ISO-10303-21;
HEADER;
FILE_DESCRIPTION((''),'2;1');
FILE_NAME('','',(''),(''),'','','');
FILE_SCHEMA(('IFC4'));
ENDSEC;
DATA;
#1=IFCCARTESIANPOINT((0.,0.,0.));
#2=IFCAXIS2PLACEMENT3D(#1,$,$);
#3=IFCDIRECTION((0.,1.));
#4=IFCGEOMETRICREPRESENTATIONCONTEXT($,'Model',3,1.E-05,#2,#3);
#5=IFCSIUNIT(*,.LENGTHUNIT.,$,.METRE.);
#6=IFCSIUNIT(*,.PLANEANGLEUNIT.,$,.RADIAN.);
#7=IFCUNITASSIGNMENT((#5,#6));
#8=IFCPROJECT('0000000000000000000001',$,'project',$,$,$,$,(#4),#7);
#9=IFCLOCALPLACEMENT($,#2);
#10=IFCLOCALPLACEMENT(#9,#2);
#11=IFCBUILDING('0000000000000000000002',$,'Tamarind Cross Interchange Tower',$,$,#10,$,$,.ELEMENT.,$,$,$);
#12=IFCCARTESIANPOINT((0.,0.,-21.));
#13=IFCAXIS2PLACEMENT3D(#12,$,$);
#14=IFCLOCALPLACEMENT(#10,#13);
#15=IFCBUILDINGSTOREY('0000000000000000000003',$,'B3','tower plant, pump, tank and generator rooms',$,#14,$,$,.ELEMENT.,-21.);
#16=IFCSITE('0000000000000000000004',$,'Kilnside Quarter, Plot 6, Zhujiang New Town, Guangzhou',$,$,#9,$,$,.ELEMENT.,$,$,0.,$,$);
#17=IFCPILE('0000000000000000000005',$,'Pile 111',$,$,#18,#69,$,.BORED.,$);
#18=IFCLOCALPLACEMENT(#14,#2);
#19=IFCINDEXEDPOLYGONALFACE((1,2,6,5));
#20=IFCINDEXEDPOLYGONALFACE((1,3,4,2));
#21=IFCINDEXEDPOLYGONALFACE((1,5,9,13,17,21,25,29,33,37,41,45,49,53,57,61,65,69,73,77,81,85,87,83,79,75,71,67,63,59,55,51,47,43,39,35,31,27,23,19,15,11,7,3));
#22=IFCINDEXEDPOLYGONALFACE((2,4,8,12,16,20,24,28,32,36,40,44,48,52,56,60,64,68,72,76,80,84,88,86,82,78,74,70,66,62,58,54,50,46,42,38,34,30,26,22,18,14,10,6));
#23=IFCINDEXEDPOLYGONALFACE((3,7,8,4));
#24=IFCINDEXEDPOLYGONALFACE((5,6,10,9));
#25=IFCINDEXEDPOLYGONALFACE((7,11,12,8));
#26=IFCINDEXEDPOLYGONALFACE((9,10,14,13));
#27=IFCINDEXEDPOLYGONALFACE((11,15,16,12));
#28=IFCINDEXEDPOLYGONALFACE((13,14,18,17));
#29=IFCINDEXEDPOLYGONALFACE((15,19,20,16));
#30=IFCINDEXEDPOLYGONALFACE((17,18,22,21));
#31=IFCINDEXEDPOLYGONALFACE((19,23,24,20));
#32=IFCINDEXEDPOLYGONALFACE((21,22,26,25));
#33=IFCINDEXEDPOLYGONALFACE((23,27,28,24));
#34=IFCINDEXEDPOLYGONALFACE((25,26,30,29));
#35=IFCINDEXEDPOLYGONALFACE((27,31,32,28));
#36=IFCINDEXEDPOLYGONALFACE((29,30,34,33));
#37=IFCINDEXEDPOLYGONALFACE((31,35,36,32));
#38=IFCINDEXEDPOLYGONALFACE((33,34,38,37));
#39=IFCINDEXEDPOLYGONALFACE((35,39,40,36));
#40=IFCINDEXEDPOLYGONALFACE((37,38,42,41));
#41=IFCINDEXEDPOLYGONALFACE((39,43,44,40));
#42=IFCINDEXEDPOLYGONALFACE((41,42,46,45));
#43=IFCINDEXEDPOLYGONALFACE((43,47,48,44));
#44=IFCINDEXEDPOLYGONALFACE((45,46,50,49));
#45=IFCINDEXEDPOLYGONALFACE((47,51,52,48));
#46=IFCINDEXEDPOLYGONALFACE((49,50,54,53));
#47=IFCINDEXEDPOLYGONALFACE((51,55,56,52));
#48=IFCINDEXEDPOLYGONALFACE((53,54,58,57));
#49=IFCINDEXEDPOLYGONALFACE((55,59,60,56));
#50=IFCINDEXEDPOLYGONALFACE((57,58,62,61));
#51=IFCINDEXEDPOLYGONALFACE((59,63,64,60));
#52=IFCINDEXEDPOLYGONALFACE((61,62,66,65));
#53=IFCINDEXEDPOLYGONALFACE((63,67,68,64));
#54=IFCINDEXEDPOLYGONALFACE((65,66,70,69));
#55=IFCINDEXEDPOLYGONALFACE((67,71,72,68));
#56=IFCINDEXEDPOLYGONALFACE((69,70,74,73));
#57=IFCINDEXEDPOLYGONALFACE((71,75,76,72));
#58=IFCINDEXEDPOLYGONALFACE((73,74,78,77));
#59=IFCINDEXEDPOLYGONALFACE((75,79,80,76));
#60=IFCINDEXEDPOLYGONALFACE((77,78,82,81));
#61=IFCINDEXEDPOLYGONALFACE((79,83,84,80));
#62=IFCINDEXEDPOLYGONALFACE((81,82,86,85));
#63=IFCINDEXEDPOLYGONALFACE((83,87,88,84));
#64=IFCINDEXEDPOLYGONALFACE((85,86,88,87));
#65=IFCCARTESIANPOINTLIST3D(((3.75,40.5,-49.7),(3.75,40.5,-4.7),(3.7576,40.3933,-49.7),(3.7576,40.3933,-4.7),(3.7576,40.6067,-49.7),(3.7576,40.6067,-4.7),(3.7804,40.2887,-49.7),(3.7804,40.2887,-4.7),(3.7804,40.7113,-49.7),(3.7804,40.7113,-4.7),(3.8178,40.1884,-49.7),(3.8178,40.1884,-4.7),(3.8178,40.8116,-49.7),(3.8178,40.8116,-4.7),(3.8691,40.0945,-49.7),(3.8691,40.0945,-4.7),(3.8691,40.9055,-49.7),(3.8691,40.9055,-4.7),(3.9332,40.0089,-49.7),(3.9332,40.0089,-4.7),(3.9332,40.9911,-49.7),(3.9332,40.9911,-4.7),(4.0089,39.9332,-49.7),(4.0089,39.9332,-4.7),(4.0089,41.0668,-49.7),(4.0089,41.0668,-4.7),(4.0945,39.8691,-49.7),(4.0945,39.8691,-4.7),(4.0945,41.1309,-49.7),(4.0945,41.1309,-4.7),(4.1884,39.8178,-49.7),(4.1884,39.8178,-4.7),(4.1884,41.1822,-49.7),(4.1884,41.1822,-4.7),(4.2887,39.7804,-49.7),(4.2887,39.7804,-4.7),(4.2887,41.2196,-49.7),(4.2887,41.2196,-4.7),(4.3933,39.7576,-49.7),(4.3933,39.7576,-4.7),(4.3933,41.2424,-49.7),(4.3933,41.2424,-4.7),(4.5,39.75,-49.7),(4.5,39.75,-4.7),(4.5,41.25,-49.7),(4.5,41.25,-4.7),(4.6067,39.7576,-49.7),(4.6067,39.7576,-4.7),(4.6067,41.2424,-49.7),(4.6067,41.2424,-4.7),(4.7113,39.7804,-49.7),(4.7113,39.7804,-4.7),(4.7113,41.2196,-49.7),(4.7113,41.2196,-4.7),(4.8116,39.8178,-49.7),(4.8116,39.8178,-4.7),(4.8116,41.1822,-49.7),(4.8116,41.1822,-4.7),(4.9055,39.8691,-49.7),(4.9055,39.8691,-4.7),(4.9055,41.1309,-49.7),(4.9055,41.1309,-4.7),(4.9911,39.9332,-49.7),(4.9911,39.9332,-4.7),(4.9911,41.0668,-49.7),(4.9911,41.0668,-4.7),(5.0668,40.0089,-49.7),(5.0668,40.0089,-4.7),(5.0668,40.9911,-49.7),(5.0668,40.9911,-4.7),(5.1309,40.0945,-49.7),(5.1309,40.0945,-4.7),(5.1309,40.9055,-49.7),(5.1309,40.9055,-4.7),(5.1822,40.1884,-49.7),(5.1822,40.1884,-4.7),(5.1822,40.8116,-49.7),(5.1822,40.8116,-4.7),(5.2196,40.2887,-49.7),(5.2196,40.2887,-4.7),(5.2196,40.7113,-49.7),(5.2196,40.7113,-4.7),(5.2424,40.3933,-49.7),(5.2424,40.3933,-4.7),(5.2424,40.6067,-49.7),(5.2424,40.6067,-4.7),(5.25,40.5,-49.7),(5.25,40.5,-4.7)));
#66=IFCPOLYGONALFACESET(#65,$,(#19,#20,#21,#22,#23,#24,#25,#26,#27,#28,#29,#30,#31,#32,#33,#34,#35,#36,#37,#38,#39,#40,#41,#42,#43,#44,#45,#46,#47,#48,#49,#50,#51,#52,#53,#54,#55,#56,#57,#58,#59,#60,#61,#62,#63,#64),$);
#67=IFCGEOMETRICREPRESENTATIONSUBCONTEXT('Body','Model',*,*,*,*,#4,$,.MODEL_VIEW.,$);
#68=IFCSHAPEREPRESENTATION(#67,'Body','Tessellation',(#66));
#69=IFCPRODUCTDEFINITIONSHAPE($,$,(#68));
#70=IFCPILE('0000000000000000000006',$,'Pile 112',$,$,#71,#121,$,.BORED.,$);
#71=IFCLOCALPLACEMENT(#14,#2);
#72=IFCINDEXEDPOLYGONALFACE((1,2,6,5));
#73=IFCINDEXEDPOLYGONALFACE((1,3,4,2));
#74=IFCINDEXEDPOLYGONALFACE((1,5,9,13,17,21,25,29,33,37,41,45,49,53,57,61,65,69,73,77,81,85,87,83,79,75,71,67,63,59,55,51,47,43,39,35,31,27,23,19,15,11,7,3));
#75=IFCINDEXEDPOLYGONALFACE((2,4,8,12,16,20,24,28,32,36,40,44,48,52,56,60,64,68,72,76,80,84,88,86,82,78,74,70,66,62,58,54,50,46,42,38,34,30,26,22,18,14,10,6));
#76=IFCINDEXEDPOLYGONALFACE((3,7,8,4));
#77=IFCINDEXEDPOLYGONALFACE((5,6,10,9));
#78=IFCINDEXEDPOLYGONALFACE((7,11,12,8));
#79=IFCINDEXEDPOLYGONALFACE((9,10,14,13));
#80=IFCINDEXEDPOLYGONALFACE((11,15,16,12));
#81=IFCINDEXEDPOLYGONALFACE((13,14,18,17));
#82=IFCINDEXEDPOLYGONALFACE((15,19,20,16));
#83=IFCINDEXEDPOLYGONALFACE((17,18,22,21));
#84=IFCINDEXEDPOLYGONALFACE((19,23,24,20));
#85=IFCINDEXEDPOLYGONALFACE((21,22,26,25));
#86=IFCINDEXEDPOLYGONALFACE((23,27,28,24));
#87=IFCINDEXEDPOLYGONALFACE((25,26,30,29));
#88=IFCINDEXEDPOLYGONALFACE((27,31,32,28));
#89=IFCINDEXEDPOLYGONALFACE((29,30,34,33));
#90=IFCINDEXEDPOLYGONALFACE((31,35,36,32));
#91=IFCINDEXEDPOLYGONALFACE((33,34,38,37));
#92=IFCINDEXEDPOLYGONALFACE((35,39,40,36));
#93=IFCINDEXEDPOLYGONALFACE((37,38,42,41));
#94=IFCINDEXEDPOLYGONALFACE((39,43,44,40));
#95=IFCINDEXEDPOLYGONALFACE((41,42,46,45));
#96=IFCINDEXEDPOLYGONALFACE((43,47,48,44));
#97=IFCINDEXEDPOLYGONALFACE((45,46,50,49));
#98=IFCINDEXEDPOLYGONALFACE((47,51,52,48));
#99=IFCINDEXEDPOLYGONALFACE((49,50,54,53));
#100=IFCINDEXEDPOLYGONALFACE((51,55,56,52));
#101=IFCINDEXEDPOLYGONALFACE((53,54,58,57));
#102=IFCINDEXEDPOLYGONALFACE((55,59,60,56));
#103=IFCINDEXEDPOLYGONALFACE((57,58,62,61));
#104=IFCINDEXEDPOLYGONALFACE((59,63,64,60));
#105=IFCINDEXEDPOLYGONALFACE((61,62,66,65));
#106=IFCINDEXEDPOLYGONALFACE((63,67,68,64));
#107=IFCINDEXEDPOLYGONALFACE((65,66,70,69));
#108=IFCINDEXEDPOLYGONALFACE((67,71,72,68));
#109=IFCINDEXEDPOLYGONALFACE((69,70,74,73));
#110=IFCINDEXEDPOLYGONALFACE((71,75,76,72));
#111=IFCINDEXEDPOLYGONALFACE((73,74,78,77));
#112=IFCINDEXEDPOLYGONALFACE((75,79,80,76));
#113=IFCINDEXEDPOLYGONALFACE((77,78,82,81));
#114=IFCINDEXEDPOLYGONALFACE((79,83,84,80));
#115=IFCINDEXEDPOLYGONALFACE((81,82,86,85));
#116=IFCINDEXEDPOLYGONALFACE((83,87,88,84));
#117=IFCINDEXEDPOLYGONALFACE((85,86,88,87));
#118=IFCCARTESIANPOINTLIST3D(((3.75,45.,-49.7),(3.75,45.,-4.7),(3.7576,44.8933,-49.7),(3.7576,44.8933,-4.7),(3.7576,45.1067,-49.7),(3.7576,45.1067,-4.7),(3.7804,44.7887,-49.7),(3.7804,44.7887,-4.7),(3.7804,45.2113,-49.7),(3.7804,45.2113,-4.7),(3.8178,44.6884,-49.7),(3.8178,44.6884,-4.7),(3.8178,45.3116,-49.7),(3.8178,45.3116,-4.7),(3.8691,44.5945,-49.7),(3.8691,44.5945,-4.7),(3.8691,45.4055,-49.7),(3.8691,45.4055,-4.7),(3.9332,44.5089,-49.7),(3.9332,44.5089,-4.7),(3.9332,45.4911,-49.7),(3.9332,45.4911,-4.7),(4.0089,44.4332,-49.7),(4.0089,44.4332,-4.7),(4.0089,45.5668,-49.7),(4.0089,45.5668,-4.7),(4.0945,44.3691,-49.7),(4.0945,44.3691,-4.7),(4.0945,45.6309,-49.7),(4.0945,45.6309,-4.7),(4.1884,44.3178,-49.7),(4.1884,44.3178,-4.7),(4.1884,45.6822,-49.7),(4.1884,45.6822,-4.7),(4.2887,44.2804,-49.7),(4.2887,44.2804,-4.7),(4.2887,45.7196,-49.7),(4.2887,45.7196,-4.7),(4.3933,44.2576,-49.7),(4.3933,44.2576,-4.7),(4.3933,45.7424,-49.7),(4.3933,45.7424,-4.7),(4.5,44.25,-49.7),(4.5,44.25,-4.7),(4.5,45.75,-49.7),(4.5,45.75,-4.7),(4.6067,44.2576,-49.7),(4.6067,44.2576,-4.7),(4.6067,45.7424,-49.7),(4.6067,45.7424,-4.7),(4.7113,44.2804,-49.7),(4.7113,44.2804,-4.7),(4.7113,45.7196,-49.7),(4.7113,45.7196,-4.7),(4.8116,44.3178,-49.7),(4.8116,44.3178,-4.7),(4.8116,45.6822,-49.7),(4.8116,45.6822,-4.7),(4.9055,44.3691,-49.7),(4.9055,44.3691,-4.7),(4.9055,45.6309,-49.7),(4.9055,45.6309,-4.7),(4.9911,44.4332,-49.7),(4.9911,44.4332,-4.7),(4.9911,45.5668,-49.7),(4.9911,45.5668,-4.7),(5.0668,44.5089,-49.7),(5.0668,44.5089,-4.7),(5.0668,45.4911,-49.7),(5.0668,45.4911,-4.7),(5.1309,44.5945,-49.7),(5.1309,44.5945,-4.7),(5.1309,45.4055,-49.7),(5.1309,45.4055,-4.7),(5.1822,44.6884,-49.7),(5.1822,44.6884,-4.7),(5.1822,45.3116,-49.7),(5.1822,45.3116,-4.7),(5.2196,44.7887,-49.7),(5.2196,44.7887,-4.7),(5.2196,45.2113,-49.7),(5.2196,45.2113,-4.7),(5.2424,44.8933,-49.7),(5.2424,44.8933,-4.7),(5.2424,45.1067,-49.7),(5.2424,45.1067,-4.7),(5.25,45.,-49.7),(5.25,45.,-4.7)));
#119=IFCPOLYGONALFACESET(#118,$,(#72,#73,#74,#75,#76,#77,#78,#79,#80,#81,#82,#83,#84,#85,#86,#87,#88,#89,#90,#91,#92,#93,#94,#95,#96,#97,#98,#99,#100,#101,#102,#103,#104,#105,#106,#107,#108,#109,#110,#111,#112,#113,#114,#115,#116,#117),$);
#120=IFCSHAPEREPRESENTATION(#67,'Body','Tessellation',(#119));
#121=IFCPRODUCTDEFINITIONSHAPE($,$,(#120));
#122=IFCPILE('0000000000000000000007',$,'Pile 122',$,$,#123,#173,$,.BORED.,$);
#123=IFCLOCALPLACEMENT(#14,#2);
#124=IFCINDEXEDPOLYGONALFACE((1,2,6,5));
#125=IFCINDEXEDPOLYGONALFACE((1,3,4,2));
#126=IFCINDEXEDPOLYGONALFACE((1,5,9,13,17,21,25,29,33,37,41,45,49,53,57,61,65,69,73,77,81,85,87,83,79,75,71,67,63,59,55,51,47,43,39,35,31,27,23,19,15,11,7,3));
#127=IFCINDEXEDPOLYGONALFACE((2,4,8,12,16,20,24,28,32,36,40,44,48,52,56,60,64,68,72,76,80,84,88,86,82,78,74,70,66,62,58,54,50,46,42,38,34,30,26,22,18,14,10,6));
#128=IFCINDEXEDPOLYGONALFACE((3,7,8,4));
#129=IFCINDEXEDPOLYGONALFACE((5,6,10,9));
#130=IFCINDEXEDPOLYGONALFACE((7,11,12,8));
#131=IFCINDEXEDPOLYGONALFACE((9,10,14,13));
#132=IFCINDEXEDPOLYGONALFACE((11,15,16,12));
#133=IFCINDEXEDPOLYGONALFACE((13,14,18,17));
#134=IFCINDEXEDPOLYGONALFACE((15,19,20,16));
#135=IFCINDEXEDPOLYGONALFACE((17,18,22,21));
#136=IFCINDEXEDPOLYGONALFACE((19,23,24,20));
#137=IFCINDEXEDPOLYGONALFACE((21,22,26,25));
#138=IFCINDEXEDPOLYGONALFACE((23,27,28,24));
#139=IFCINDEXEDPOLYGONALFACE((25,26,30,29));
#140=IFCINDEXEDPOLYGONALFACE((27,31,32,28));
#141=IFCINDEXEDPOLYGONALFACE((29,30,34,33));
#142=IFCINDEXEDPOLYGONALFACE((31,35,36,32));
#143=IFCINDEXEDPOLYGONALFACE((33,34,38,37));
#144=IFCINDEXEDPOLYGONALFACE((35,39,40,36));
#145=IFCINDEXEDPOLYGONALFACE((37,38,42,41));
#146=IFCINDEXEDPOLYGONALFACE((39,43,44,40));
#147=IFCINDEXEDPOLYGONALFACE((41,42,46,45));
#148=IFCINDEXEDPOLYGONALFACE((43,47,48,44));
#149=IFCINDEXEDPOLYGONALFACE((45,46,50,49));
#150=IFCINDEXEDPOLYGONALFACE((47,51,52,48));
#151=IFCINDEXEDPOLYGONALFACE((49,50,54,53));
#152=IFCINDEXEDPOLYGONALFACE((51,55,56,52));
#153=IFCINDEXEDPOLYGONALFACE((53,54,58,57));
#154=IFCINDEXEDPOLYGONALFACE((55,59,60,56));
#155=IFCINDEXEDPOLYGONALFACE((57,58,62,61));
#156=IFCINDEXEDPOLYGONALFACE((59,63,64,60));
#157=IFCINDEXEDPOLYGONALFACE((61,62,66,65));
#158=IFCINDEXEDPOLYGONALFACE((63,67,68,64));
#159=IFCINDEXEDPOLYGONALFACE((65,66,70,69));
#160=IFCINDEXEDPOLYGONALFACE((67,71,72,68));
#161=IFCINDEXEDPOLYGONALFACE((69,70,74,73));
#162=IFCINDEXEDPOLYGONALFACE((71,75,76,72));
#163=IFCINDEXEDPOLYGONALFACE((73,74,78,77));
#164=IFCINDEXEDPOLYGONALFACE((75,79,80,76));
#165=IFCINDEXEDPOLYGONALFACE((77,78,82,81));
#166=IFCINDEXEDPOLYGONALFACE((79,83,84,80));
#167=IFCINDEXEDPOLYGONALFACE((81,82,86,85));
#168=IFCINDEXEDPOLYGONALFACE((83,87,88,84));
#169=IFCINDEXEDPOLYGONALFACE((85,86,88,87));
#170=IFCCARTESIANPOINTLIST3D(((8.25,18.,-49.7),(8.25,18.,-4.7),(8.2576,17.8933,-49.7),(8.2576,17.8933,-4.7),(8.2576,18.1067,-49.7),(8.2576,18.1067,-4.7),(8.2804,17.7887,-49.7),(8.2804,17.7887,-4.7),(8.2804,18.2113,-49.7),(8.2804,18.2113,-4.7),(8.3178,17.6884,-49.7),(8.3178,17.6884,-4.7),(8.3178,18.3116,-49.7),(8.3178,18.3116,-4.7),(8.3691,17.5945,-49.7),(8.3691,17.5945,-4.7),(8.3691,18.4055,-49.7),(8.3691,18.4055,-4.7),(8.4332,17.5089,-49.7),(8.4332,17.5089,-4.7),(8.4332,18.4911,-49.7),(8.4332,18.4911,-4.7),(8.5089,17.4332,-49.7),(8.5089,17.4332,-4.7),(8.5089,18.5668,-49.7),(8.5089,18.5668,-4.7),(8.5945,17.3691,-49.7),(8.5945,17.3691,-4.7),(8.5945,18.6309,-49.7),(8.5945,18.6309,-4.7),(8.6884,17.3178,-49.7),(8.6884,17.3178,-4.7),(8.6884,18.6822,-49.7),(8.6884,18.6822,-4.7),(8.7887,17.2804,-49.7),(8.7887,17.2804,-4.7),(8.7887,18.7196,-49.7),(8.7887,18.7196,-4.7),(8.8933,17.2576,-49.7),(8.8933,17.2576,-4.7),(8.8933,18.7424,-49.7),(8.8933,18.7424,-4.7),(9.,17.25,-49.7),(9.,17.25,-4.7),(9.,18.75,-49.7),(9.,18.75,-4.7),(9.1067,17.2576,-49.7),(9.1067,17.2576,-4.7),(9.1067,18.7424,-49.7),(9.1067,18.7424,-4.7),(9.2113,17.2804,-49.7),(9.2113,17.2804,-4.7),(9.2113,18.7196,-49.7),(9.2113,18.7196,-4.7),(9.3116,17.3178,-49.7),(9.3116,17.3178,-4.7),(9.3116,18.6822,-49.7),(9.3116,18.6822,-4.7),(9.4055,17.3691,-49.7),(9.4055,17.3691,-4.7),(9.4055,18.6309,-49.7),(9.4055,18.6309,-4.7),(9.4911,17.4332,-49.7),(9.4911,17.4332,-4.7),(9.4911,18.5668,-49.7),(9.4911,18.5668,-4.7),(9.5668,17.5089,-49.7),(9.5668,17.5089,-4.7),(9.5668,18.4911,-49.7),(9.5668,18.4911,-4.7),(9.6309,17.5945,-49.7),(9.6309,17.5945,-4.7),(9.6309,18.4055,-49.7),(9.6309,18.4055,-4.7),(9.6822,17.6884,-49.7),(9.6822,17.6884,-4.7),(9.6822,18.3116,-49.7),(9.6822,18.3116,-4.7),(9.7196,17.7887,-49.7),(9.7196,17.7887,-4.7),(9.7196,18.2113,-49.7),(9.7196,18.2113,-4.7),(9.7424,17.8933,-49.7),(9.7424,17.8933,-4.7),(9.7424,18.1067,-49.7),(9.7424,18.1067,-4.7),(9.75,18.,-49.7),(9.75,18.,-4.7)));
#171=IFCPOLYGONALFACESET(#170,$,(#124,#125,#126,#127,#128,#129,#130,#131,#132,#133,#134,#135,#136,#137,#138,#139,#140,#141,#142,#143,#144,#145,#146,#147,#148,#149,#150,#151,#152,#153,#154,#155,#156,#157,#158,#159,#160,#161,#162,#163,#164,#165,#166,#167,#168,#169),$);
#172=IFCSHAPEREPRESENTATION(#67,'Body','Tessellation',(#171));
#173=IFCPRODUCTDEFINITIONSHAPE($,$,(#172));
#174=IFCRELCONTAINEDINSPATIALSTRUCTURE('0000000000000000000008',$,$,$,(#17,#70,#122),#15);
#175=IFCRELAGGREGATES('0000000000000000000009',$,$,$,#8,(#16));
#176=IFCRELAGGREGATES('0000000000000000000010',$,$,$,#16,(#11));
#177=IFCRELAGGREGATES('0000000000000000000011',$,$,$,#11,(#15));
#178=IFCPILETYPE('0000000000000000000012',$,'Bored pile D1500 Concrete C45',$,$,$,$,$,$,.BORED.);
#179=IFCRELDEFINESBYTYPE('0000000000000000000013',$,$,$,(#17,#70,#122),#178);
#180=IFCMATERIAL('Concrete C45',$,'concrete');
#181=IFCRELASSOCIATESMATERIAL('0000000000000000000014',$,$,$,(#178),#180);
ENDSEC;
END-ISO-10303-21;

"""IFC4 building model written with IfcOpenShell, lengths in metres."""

from ifc_helpers import new_model, si_unit, direction, frame, origin, origin_2d, place, context, subcontext, project, spatial, circle, extrude, material, material_profile, profile_set, type_object, element, save


model = new_model("IFC4")

# Units and contexts
model_context = context("Model", 3, precision=1e-05, world=origin(), true_north=direction((0.0, 1.0)))
body_context = subcontext(model_context, "Body", "Model", "MODEL_VIEW")
ifc_project = project(units=[si_unit("LENGTHUNIT", "METRE"), si_unit("PLANEANGLEUNIT", "RADIAN")], contexts=[model_context])

# Site, building, storey
site_placement = place(None, origin())
site = spatial("IfcSite", under=ifc_project, at=site_placement, Name="Kilnside Quarter, Plot 6, Zhujiang New Town, Guangzhou", CompositionType="ELEMENT", RefElevation=0.0)
building_placement = place(site_placement, origin())
building = spatial("IfcBuilding", under=site, at=building_placement, Name="Tamarind Cross Interchange Tower", CompositionType="ELEMENT")
storey_placement = place(building_placement, frame((0.0, 0.0, -21.0)))
storey = spatial("IfcBuildingStorey", under=building, at=storey_placement, Name="B3", Description="tower plant, pump, tank and generator rooms", CompositionType="ELEMENT", Elevation=-21.0)

# Piles
ifc_material_1 = material(Name="Concrete C45", Category="concrete")
ifc_material_profile_1 = material_profile(ifc_material_1, circle(Radius=0.75, at=origin_2d()), Name="RC D1500")
ifc_profile_set_1 = profile_set([ifc_material_profile_1], Name="Concrete C45")
pile_type = type_object("IfcPileType", Name="Bored pile D1500 Concrete C45", PredefinedType="BORED", material=ifc_profile_set_1)
for number, where, z_axis, x_axis, name in (
    (1, (4.5, 40.5, -4.7), (0.0, 0.0, -1.0), (1.0, 0.0, 0.0), "Pile 111"),
    (2, (4.5, 45.0, -4.7), (0.0, 0.0, -1.0), (1.0, 0.0, 0.0), "Pile 112"),
    (3, (9.0, 18.0, -4.7), (0.0, 0.0, -1.0), (1.0, 0.0, 0.0), "Pile 122"),
):
    element("IfcPile", number, at=place(storey_placement, frame(where, z_axis=z_axis, x_axis=x_axis)), inside=storey, type_object=pile_type, Name=name, PredefinedType="BORED", context=body_context, shape_type="SweptSolid", body=[
        extrude(circle(Radius=0.75, at=origin_2d()), origin(), (0.0, 0.0, 1.0), 45.0),
    ])

save(model, "model.ifc")
